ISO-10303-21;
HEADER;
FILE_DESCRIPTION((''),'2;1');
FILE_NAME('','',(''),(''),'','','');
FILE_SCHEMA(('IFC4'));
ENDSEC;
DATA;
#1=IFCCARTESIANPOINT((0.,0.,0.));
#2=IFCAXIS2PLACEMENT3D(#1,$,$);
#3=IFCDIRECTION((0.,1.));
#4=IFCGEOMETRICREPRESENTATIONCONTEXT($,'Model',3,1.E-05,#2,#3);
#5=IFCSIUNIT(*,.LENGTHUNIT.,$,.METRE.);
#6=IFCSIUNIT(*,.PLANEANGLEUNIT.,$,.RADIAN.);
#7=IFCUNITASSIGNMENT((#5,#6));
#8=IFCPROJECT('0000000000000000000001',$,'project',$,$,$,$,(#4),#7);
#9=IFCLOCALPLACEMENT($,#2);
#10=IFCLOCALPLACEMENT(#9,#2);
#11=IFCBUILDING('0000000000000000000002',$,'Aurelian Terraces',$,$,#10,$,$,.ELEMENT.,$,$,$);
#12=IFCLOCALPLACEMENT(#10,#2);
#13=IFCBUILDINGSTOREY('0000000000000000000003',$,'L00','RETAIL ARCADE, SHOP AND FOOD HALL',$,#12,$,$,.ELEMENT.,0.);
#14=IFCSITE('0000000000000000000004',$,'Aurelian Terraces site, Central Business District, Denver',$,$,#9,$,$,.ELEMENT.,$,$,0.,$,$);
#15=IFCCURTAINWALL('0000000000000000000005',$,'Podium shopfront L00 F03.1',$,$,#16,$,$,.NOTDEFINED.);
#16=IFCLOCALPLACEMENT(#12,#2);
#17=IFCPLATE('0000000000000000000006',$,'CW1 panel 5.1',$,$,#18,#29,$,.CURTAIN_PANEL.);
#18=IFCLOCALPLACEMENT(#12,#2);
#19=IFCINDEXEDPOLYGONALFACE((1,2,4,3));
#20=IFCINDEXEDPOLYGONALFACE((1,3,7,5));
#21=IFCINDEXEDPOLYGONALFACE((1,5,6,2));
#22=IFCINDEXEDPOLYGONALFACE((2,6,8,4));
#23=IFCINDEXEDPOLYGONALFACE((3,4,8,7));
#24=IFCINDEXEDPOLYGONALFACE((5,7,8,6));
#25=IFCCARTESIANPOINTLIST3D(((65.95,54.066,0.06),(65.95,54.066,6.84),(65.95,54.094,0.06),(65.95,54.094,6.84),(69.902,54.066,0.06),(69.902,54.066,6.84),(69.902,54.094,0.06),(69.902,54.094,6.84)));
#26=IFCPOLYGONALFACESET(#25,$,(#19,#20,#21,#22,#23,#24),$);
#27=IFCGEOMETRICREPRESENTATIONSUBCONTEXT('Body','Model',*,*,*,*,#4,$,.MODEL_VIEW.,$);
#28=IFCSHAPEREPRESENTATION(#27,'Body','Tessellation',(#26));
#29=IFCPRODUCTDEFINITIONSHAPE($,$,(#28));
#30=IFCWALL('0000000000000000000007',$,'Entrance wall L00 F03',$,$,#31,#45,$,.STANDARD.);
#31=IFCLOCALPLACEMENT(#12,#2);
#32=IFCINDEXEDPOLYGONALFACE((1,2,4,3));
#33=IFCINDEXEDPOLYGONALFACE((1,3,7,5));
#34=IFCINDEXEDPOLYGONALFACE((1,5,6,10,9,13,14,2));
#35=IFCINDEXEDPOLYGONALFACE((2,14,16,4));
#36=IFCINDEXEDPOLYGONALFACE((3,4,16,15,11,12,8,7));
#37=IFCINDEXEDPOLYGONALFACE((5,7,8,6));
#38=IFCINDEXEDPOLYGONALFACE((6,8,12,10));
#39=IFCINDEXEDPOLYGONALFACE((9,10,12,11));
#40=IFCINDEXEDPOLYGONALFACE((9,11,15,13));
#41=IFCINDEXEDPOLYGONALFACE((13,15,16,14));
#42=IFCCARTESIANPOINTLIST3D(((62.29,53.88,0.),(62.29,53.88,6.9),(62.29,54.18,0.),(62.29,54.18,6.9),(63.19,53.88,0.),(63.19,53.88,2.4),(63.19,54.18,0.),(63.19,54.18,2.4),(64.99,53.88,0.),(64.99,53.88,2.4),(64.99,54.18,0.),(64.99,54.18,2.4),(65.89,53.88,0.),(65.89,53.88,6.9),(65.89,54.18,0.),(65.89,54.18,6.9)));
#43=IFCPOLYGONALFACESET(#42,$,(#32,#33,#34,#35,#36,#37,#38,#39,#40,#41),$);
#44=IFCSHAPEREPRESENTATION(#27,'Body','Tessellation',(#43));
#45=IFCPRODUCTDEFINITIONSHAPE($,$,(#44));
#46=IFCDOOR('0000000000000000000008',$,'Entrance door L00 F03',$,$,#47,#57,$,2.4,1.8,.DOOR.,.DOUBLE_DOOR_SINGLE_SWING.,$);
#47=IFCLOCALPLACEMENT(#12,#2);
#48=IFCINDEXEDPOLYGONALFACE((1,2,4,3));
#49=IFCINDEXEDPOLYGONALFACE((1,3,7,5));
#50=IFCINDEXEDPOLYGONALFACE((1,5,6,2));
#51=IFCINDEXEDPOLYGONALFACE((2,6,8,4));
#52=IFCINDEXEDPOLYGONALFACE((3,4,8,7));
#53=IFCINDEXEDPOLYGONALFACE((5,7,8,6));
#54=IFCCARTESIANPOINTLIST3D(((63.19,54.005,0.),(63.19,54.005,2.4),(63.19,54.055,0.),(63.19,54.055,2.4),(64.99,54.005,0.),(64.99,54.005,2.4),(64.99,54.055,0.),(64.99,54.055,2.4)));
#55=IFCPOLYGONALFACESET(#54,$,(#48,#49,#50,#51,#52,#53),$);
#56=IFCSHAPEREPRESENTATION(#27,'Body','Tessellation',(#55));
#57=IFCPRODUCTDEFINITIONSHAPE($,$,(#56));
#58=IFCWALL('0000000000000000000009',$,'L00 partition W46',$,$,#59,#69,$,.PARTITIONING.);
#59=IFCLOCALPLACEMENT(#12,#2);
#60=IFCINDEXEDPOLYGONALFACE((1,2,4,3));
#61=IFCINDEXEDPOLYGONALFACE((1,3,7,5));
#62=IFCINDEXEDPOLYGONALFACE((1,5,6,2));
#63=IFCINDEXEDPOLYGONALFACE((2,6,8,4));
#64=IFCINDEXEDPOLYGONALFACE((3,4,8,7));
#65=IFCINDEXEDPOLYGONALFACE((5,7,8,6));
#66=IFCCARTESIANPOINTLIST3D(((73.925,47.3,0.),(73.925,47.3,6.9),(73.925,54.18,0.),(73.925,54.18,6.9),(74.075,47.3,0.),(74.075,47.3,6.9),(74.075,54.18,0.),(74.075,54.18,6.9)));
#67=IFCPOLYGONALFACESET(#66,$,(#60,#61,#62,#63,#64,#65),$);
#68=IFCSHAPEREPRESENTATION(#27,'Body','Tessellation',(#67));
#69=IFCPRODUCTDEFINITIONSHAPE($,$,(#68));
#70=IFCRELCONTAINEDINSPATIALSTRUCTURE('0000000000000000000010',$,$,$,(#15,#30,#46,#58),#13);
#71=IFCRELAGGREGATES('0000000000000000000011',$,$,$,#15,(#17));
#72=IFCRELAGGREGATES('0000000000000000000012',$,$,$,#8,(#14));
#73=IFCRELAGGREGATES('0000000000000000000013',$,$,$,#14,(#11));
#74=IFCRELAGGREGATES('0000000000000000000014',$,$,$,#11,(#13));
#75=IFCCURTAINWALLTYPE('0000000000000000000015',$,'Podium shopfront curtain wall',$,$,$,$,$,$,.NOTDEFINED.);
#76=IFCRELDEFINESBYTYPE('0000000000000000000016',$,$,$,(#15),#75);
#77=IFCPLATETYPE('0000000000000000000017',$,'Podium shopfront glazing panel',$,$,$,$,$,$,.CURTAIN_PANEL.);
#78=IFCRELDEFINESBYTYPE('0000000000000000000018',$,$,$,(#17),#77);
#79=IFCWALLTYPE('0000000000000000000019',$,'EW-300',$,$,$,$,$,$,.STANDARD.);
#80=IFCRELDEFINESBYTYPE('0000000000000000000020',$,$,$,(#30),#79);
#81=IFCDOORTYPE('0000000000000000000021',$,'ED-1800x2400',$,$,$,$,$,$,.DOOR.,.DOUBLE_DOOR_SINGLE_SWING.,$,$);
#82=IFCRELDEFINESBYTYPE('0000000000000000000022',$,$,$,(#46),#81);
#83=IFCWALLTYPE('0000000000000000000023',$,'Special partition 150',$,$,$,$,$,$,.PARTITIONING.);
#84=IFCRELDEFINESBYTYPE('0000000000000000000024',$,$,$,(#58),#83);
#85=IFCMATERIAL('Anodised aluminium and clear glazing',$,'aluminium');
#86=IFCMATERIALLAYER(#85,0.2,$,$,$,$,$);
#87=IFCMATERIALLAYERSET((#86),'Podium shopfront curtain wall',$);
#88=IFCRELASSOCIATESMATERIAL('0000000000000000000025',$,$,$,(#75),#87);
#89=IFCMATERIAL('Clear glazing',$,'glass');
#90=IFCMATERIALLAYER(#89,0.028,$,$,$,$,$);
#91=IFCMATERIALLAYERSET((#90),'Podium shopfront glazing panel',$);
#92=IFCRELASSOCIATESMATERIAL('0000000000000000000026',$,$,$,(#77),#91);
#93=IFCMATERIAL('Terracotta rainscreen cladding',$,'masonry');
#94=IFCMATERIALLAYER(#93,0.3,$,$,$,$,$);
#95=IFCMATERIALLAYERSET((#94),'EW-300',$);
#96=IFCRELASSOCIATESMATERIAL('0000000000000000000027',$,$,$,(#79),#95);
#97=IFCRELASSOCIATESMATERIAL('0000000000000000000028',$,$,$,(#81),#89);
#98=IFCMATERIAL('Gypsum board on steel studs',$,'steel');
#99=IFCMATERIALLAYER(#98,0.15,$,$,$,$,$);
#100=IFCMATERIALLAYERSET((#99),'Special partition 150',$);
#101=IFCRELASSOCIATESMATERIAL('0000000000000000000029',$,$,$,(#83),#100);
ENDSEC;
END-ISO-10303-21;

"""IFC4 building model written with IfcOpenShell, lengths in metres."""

from ifc_helpers import new_model, si_unit, direction, frame, frame_2d, origin, origin_2d, place, context, subcontext, project, spatial, rectangle, extrude, source, transform, mapped, material, layer, layer_set, type_object, element, fill, aggregate, save


model = new_model("IFC4")

# Units and contexts
model_context = context("Model", 3, precision=1e-05, world=origin(), true_north=direction((0.0, 1.0)))
body_context = subcontext(model_context, "Body", "Model", "MODEL_VIEW")
ifc_project = project(units=[si_unit("LENGTHUNIT", "METRE"), si_unit("PLANEANGLEUNIT", "RADIAN")], contexts=[model_context])

# Site, building, storey
site_placement = place(None, origin())
site = spatial("IfcSite", under=ifc_project, at=site_placement, Name="Aurelian Terraces site, Central Business District, Denver", CompositionType="ELEMENT", RefElevation=0.0)
building_placement = place(site_placement, origin())
building = spatial("IfcBuilding", under=site, at=building_placement, Name="Aurelian Terraces", CompositionType="ELEMENT")
storey_placement = place(building_placement, origin())
storey = spatial("IfcBuildingStorey", under=building, at=storey_placement, Name="L00", Description="RETAIL ARCADE, SHOP AND FOOD HALL", CompositionType="ELEMENT", Elevation=0.0)

# Curtain wall
ifc_material_1 = material(Name="Anodised aluminium and clear glazing", Category="aluminium")
ifc_layer_1 = layer(ifc_material_1, 0.2)
ifc_layer_set_1 = layer_set([ifc_layer_1], Name="Podium shopfront curtain wall")
curtain_wall_type = type_object("IfcCurtainWallType", Name="Podium shopfront curtain wall", PredefinedType="NOTDEFINED", material=ifc_layer_set_1)
curtain_wall_1_placement = place(storey_placement, origin())
curtain_wall_1 = element("IfcCurtainWall", 1, at=curtain_wall_1_placement, inside=storey, type_object=curtain_wall_type, Name="Podium shopfront L00 F03.1", PredefinedType="NOTDEFINED")

# Shared definitions
ifc_material_2 = material(Name="Clear glazing", Category="glass")
ifc_layer_2 = layer(ifc_material_2, 0.028)
ifc_layer_set_2 = layer_set([ifc_layer_2], Name="Podium shopfront glazing panel")
plate_type = type_object("IfcPlateType", Name="Podium shopfront glazing panel", PredefinedType="CURTAIN_PANEL", material=ifc_layer_set_2)

# Plate
shared_shape_1 = source(origin(), body_context, "Body", "SweptSolid", [
    extrude(rectangle(XDim=3.952, YDim=0.028, at=origin_2d()), origin(), (0.0, 0.0, 1.0), 6.78),
])
plate_1_placement = place(storey_placement, frame((67.926, 54.08, 0.06), z_axis=(0.0, 0.0, 1.0), x_axis=(-1.0, 0.0, 0.0)))
plate_1 = element("IfcPlate", 2, at=plate_1_placement, type_object=plate_type, Name="CW1 panel 5.1", PredefinedType="CURTAIN_PANEL", context=body_context, shape_type="MappedRepresentation", body=[
    mapped(shared_shape_1, transform((0.0, 0.0, 0.0), scale=1.0)),
])
aggregate(curtain_wall_1, [plate_1])

# Wall, opening, door
ifc_material_3 = material(Name="Terracotta rainscreen cladding", Category="masonry")
ifc_layer_3 = layer(ifc_material_3, 0.3)
ifc_layer_set_3 = layer_set([ifc_layer_3], Name="EW-300")
wall_type_1 = type_object("IfcWallType", Name="EW-300", PredefinedType="STANDARD", material=ifc_layer_set_3)
shared_shape_2 = source(origin(), body_context, "Body", "SweptSolid", [
    extrude(rectangle(XDim=3.6, YDim=0.3, at=frame_2d((1.8, 0.0))), origin(), (0.0, 0.0, 1.0), 6.9),
])
wall_1_placement = place(storey_placement, frame((65.89, 54.03, 0.0), z_axis=(0.0, 0.0, 1.0), x_axis=(-1.0, 0.0, 0.0)))
wall_1 = element("IfcWall", 3, at=wall_1_placement, inside=storey, type_object=wall_type_1, Name="Entrance wall L00 F03", PredefinedType="STANDARD", context=body_context, shape_type="MappedRepresentation", body=[
    mapped(shared_shape_2, transform((0.0, 0.0, 0.0), scale=1.0)),
])
shared_shape_3 = source(origin(), body_context, "Body", "SweptSolid", [
    extrude(rectangle(XDim=1.8, YDim=2.4, at=frame_2d((0.9, 1.2))), frame((0.0, 0.16, 0.0), z_axis=(0.0, -1.0, 0.0), x_axis=(1.0, 0.0, 0.0)), (0.0, 0.0, 1.0), 0.32),
])
opening_placement = place(wall_1_placement, frame((0.9, 0.0, 0.0)))
opening = element("IfcOpeningElement", 4, at=opening_placement, cuts=wall_1, PredefinedType="OPENING", context=body_context, shape_type="MappedRepresentation", body=[
    mapped(shared_shape_3, transform((0.0, 0.0, 0.0), scale=1.0)),
])
door_type = type_object("IfcDoorType", Name="ED-1800x2400", OperationType="DOUBLE_DOOR_SINGLE_SWING", PredefinedType="DOOR", material=ifc_material_2)
shared_shape_4 = source(origin(), body_context, "Body", "SweptSolid", [
    extrude(rectangle(XDim=1.8, YDim=2.4, at=frame_2d((0.9, 1.2))), frame((0.0, 0.025, 0.0), z_axis=(0.0, -1.0, 0.0), x_axis=(1.0, 0.0, 0.0)), (0.0, 0.0, 1.0), 0.05),
])
door_placement = place(opening_placement, origin())
door = element("IfcDoor", 5, at=door_placement, inside=storey, type_object=door_type, Name="Entrance door L00 F03", OperationType="DOUBLE_DOOR_SINGLE_SWING", OverallHeight=2.4, OverallWidth=1.8, PredefinedType="DOOR", context=body_context, shape_type="MappedRepresentation", body=[
    mapped(shared_shape_4, transform((0.0, 0.0, 0.0), scale=1.0)),
])
fill(opening, door)

# Wall
ifc_material_4 = material(Name="Gypsum board on steel studs", Category="steel")
ifc_layer_4 = layer(ifc_material_4, 0.15)
ifc_layer_set_4 = layer_set([ifc_layer_4], Name="Special partition 150")
wall_type_2 = type_object("IfcWallType", Name="Special partition 150", PredefinedType="PARTITIONING", material=ifc_layer_set_4)
shared_shape_5 = source(origin(), body_context, "Body", "SweptSolid", [
    extrude(rectangle(XDim=6.88, YDim=0.15, at=frame_2d((3.44, 0.0))), origin(), (0.0, 0.0, 1.0), 6.9),
])
wall_2_placement = place(storey_placement, frame((74.0, 47.3, 0.0), z_axis=(0.0, 0.0, 1.0), x_axis=(0.0, 1.0, 0.0)))
element("IfcWall", 6, at=wall_2_placement, inside=storey, type_object=wall_type_2, Name="L00 partition W46", PredefinedType="PARTITIONING", context=body_context, shape_type="MappedRepresentation", body=[
    mapped(shared_shape_5, transform((0.0, 0.0, 0.0), scale=1.0)),
])

save(model, "model.ifc")
